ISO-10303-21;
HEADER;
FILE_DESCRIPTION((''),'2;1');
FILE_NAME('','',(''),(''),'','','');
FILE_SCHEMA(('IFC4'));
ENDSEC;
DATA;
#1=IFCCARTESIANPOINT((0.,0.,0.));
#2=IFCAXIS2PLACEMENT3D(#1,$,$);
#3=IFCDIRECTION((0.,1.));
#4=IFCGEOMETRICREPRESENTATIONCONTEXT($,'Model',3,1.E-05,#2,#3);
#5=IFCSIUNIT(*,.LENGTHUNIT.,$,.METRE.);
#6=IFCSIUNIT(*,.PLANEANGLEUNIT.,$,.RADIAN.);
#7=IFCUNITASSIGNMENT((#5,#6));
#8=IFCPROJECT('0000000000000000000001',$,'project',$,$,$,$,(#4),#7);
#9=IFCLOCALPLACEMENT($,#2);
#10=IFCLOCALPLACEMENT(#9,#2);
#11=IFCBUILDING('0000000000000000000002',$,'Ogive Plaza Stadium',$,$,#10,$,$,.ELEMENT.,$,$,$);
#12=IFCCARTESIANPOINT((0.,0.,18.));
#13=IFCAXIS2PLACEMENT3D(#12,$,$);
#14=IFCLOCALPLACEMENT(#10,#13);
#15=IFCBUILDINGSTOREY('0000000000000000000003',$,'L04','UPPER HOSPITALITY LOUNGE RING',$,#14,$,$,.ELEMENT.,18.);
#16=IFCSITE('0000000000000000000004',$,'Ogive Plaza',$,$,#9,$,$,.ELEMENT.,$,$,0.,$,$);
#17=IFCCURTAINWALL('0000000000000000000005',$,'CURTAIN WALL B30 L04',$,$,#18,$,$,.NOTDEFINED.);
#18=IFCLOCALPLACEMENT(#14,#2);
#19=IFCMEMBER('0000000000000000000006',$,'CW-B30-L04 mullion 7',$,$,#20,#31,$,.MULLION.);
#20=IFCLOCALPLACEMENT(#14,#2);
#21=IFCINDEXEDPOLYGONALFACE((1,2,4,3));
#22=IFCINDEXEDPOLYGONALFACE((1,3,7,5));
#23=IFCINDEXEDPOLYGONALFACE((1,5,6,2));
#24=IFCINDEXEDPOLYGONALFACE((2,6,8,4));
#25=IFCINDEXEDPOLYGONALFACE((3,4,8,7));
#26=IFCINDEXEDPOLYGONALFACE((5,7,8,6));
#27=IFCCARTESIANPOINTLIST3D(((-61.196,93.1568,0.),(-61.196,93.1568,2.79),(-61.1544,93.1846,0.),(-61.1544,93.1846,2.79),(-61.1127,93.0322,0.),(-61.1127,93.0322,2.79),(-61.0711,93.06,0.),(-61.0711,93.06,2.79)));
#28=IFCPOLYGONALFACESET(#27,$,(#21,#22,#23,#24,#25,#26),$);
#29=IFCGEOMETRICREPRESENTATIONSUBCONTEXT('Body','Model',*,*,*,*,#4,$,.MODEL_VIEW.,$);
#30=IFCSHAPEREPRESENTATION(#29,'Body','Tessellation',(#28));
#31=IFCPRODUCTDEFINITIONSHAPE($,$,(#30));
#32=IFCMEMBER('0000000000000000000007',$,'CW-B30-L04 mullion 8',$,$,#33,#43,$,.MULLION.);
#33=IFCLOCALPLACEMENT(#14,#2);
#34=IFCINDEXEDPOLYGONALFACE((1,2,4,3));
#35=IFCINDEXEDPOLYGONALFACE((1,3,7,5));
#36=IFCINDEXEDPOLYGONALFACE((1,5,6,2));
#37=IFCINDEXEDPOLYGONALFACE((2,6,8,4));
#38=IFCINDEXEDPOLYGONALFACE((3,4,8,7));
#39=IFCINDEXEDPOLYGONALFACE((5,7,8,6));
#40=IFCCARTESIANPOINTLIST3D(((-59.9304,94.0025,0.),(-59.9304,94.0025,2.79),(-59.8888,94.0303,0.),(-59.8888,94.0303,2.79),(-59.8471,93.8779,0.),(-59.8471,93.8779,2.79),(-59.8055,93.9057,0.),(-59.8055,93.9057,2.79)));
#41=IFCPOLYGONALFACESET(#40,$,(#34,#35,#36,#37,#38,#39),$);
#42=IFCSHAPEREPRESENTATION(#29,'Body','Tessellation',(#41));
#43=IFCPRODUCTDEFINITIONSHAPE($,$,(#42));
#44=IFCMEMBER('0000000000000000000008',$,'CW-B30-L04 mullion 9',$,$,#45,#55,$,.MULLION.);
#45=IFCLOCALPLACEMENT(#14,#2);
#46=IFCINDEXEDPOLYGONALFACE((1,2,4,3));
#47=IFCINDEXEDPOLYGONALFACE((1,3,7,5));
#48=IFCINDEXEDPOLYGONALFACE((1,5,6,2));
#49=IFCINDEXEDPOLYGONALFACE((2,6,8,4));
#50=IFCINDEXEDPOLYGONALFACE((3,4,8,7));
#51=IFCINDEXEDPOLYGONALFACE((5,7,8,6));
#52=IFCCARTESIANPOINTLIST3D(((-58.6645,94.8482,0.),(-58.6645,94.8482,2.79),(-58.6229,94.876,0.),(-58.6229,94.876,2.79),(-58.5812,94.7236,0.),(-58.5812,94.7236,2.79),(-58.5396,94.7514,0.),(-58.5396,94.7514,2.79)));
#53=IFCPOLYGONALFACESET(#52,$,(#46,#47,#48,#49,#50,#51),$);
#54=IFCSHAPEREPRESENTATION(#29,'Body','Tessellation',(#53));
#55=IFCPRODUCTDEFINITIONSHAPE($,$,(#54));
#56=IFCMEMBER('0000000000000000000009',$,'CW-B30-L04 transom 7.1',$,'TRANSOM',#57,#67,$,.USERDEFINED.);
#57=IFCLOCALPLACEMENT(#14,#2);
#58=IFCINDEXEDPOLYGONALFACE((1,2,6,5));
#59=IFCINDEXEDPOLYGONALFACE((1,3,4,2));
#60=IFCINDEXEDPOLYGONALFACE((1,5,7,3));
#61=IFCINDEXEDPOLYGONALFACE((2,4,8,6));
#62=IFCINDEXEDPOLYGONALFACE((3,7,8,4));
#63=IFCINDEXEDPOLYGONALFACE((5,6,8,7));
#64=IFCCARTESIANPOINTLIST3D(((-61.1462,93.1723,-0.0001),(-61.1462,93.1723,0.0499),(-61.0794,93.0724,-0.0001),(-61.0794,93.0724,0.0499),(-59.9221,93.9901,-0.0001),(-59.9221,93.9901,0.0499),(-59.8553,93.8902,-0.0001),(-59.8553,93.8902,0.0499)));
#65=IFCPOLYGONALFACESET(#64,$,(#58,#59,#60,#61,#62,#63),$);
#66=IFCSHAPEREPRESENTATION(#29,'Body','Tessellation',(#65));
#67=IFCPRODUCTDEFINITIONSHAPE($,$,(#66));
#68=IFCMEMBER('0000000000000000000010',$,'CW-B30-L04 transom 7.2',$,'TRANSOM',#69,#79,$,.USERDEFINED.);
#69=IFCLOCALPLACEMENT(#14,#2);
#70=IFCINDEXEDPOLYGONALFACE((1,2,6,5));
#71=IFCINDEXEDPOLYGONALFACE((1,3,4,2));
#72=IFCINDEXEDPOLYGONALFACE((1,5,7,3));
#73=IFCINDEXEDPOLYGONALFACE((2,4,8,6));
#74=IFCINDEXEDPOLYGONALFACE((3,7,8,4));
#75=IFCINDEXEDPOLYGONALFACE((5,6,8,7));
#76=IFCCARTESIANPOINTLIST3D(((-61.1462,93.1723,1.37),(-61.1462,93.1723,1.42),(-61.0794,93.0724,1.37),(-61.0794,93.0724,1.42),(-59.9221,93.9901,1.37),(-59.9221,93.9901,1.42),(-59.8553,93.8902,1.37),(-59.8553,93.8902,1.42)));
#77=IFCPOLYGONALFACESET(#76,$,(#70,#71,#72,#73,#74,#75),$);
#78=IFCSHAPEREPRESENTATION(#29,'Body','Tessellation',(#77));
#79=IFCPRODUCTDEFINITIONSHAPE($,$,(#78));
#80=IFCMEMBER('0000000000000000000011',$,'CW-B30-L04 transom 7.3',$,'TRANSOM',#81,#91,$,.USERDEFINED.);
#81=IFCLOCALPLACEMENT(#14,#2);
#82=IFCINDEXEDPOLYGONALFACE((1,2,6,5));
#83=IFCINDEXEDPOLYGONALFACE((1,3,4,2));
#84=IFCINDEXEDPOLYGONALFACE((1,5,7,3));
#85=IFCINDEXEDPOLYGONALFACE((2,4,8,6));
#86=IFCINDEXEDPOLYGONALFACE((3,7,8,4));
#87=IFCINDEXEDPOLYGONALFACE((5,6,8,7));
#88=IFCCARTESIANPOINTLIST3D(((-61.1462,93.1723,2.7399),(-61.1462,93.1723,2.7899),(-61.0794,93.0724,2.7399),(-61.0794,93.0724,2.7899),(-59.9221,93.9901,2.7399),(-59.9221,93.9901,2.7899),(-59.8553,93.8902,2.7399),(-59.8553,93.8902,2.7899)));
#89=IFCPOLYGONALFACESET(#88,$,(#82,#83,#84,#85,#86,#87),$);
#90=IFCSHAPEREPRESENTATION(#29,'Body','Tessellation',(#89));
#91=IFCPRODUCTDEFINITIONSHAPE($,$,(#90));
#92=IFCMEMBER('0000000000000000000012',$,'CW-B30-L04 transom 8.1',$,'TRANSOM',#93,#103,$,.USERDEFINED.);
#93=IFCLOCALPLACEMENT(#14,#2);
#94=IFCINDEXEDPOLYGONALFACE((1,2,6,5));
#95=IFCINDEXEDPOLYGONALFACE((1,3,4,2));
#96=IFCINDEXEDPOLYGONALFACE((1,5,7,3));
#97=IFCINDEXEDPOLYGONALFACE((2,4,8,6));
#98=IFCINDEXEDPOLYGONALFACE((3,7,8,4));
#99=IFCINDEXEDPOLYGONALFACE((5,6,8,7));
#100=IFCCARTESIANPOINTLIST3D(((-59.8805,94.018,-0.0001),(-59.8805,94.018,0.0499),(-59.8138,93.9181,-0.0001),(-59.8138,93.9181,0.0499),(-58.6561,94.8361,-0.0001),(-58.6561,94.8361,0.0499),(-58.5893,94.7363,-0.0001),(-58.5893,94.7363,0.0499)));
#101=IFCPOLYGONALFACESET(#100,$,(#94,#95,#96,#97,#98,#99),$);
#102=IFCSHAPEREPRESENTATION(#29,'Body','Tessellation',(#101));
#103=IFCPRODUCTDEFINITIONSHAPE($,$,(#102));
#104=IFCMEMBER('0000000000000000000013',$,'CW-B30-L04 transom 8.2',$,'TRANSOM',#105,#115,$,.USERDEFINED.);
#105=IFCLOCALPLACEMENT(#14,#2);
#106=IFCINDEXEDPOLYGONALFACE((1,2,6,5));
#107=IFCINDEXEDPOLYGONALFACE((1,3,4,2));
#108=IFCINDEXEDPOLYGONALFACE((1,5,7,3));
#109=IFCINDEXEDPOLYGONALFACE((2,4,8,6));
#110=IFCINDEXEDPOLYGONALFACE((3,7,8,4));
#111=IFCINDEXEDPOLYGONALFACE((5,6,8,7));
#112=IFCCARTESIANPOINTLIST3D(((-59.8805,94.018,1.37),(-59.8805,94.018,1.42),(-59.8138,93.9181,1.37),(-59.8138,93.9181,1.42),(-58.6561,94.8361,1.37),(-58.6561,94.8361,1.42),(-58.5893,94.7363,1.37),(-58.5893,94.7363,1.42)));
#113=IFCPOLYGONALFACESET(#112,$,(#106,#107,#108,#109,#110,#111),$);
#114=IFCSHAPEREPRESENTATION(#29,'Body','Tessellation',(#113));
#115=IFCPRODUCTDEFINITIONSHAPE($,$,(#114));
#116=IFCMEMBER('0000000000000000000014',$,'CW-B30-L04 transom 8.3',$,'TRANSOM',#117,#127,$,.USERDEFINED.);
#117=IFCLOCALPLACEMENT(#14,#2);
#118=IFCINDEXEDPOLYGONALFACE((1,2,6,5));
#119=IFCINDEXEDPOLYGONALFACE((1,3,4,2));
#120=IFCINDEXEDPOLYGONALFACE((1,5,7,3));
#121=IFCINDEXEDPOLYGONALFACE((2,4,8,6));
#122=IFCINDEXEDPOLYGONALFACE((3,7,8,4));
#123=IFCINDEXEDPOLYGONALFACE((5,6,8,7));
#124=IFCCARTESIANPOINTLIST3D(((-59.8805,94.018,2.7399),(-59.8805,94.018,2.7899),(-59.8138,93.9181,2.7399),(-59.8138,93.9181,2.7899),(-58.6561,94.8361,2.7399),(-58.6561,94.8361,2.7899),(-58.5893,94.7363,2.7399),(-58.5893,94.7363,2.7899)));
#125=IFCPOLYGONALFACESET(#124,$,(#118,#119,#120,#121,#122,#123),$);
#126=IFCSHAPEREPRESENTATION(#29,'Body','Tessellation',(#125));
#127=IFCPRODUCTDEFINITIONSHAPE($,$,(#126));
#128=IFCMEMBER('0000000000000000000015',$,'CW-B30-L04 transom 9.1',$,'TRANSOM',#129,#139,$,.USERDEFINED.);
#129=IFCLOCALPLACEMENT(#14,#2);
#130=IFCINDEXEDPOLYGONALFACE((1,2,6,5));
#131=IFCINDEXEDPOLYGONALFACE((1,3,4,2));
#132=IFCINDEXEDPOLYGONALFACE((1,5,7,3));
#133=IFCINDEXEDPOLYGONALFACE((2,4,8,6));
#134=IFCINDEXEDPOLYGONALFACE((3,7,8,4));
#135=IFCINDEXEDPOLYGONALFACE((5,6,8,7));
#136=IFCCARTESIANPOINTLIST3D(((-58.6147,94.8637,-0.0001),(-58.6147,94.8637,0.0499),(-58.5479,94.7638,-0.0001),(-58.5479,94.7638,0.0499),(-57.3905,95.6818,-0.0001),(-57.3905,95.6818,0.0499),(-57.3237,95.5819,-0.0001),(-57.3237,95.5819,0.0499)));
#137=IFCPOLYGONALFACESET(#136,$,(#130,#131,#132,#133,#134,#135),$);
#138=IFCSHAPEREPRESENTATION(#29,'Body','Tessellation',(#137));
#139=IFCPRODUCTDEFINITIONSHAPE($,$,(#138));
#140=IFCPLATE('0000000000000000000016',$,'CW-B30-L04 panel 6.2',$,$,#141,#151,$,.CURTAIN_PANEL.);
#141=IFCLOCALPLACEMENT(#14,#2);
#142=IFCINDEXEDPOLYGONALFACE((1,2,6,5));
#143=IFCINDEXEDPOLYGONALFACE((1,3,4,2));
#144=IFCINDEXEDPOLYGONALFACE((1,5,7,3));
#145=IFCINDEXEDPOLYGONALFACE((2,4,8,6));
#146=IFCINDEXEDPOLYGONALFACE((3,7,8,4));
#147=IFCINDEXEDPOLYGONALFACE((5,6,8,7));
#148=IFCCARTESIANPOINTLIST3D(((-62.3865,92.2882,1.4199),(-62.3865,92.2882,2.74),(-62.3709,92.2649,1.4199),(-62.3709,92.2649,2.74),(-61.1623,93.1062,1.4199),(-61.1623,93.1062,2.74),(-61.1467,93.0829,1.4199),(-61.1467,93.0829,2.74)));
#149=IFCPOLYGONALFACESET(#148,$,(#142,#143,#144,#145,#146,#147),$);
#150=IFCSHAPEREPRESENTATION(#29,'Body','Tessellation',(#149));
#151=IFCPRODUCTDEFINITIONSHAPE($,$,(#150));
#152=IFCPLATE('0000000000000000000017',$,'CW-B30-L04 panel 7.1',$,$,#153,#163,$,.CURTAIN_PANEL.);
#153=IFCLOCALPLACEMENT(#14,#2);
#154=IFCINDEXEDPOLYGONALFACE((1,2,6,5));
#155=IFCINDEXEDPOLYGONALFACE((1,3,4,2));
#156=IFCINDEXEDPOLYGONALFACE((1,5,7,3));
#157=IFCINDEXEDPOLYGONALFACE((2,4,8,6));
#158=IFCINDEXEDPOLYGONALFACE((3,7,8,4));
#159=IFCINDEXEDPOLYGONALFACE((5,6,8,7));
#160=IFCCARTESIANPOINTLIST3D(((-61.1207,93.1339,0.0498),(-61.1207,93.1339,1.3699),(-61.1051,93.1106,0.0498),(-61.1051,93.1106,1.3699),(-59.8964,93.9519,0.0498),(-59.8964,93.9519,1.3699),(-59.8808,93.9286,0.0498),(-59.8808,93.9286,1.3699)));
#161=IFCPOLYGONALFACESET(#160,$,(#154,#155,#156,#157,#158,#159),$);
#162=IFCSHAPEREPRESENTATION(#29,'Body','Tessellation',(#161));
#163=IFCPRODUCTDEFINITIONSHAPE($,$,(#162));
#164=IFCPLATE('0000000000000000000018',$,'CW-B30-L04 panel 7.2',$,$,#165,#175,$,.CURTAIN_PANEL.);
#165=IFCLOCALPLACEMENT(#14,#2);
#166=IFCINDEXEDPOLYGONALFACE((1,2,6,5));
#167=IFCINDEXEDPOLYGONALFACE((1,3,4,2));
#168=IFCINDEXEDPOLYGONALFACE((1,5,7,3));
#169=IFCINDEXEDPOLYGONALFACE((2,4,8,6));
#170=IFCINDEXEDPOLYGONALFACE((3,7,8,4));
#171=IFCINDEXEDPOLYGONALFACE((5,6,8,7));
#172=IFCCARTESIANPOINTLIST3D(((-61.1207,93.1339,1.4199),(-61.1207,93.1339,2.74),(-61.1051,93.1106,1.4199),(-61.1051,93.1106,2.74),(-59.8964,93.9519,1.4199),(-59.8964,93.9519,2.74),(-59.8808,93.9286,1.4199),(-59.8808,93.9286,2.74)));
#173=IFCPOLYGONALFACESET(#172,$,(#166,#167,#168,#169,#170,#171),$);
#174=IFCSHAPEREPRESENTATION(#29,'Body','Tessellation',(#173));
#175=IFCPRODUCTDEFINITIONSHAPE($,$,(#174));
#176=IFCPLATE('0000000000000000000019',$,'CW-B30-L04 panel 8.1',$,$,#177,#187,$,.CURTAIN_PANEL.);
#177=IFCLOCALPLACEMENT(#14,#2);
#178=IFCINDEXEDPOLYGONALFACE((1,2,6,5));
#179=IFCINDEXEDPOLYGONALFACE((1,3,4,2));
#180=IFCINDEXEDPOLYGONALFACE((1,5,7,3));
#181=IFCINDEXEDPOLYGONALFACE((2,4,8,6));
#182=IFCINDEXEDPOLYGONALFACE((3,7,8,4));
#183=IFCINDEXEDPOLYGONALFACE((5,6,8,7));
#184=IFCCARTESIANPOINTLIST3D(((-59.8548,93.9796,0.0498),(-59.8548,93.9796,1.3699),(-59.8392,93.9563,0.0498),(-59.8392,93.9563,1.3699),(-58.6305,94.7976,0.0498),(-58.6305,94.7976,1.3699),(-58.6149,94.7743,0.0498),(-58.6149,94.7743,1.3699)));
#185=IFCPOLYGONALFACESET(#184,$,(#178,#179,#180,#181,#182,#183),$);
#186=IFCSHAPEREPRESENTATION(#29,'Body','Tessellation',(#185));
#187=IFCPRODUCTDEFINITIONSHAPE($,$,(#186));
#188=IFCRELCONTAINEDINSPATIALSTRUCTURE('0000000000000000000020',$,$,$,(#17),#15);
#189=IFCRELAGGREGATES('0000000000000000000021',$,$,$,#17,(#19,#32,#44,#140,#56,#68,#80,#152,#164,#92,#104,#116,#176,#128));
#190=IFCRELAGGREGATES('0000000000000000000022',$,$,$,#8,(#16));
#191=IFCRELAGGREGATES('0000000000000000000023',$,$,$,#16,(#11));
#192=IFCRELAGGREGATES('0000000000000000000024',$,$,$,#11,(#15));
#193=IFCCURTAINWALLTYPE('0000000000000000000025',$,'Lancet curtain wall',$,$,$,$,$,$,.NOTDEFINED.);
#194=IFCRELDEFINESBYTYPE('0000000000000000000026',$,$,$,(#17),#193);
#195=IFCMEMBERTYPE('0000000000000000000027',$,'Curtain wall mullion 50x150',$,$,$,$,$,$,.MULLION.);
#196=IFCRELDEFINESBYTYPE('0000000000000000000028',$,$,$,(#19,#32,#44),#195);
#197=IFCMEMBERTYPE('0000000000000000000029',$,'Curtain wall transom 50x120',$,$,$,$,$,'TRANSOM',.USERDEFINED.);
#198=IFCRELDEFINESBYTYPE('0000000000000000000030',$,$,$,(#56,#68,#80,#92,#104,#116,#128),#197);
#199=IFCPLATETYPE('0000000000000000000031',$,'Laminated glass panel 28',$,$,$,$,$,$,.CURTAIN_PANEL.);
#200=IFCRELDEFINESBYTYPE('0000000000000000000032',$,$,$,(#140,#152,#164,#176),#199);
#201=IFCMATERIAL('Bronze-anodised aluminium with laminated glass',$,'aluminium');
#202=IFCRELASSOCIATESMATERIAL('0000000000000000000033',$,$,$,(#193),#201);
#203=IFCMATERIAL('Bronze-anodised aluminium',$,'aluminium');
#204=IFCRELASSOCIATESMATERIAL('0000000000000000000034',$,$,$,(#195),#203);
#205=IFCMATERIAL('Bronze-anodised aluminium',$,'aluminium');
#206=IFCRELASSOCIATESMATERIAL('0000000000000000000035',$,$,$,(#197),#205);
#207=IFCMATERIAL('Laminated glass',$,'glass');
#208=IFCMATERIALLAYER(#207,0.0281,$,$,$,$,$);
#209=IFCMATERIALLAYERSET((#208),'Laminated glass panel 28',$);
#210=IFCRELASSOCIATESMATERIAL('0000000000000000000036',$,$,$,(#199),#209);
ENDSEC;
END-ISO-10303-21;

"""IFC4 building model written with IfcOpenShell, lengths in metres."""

from ifc_helpers import new_model, si_unit, direction, frame, origin, origin_2d, place, context, subcontext, project, spatial, rectangle, extrude, material, layer, layer_set, material_profile, profile_set, type_object, element, aggregate, save


model = new_model("IFC4")

# Units and contexts
model_context = context("Model", 3, precision=1e-05, world=origin(), true_north=direction((0.0, 1.0)))
body_context = subcontext(model_context, "Body", "Model", "MODEL_VIEW")
ifc_project = project(units=[si_unit("LENGTHUNIT", "METRE"), si_unit("PLANEANGLEUNIT", "RADIAN")], contexts=[model_context])

# Site, building, storey
site_placement = place(None, origin())
site = spatial("IfcSite", under=ifc_project, at=site_placement, Name="Ogive Plaza", CompositionType="ELEMENT", RefElevation=0.0)
building_placement = place(site_placement, origin())
building = spatial("IfcBuilding", under=site, at=building_placement, Name="Ogive Plaza Stadium", CompositionType="ELEMENT")
storey_placement = place(building_placement, frame((0.0, 0.0, 18.0)))
storey = spatial("IfcBuildingStorey", under=building, at=storey_placement, Name="L04", Description="UPPER HOSPITALITY LOUNGE RING", CompositionType="ELEMENT", Elevation=18.0)

# Curtain wall, members, plates
ifc_material_1 = material(Name="Bronze-anodised aluminium with laminated glass", Category="aluminium")
curtain_wall_type = type_object("IfcCurtainWallType", Name="Lancet curtain wall", PredefinedType="NOTDEFINED", material=ifc_material_1)
curtain_wall_placement = place(storey_placement, origin())
curtain_wall = element("IfcCurtainWall", 1, at=curtain_wall_placement, inside=storey, type_object=curtain_wall_type, Name="CURTAIN WALL B30 L04", PredefinedType="NOTDEFINED")
ifc_material_2 = material(Name="Bronze-anodised aluminium", Category="aluminium")
ifc_material_profile_1 = material_profile(ifc_material_2, rectangle(XDim=0.1499, YDim=0.05, at=origin_2d()), Name="AL 150x50")
ifc_profile_set_1 = profile_set([ifc_material_profile_1], Name="Bronze-anodised aluminium")
member_type_1 = type_object("IfcMemberType", Name="Curtain wall mullion 50x150", PredefinedType="MULLION", material=ifc_profile_set_1)
member_1_placement = place(storey_placement, frame((-61.1335, 93.1084, 0.0), z_axis=(0.0, 0.0, 1.0), x_axis=(-0.55557, 0.83147, 0.0)))
member_1 = element("IfcMember", 2, at=member_1_placement, type_object=member_type_1, Name="CW-B30-L04 mullion 7", PredefinedType="MULLION", context=body_context, shape_type="SweptSolid", body=[
    extrude(rectangle(XDim=0.1499, YDim=0.05, at=origin_2d()), origin(), (0.0, 0.0, 1.0), 2.79),
])
member_2_placement = place(storey_placement, frame((-59.8679, 93.9541, 0.0), z_axis=(0.0, 0.0, 1.0), x_axis=(-0.55557, 0.83147, 0.0)))
member_2 = element("IfcMember", 3, at=member_2_placement, type_object=member_type_1, Name="CW-B30-L04 mullion 8", PredefinedType="MULLION", context=body_context, shape_type="SweptSolid", body=[
    extrude(rectangle(XDim=0.1499, YDim=0.05, at=origin_2d()), origin(), (0.0, 0.0, 1.0), 2.79),
])
member_3_placement = place(storey_placement, frame((-58.6021, 94.7998, 0.0), z_axis=(0.0, 0.0, 1.0), x_axis=(-0.55557, 0.83147, 0.0)))
member_3 = element("IfcMember", 4, at=member_3_placement, type_object=member_type_1, Name="CW-B30-L04 mullion 9", PredefinedType="MULLION", context=body_context, shape_type="SweptSolid", body=[
    extrude(rectangle(XDim=0.1499, YDim=0.05, at=origin_2d()), origin(), (0.0, 0.0, 1.0), 2.79),
])
ifc_material_3 = material(Name="Bronze-anodised aluminium", Category="aluminium")
ifc_material_profile_2 = material_profile(ifc_material_3, rectangle(XDim=0.1201, YDim=0.05, at=origin_2d()), Name="AL 120x50")
ifc_profile_set_2 = profile_set([ifc_material_profile_2], Name="Bronze-anodised aluminium")
member_type_2 = type_object("IfcMemberType", Name="Curtain wall transom 50x120", ElementType="TRANSOM", PredefinedType="USERDEFINED", material=ifc_profile_set_2)
member_4_placement = place(storey_placement, frame((-61.1128, 93.1223, 0.0249), z_axis=(0.831489, 0.555542, 0.0), x_axis=(-0.555542, 0.831489, 0.0)))
member_4 = element("IfcMember", 5, at=member_4_placement, type_object=member_type_2, Name="CW-B30-L04 transom 7.1", ObjectType="TRANSOM", PredefinedType="USERDEFINED", context=body_context, shape_type="SweptSolid", body=[
    extrude(rectangle(XDim=0.1201, YDim=0.05, at=origin_2d()), origin(), (0.0, 0.0, 1.0), 1.4722),
])
member_5_placement = place(storey_placement, frame((-61.1128, 93.1223, 1.395), z_axis=(0.831489, 0.555542, 0.0), x_axis=(-0.555542, 0.831489, 0.0)))
member_5 = element("IfcMember", 6, at=member_5_placement, type_object=member_type_2, Name="CW-B30-L04 transom 7.2", ObjectType="TRANSOM", PredefinedType="USERDEFINED", context=body_context, shape_type="SweptSolid", body=[
    extrude(rectangle(XDim=0.1201, YDim=0.05, at=origin_2d()), origin(), (0.0, 0.0, 1.0), 1.4722),
])
member_6_placement = place(storey_placement, frame((-61.1128, 93.1223, 2.7649), z_axis=(0.831489, 0.555542, 0.0), x_axis=(-0.555542, 0.831489, 0.0)))
member_6 = element("IfcMember", 7, at=member_6_placement, type_object=member_type_2, Name="CW-B30-L04 transom 7.3", ObjectType="TRANSOM", PredefinedType="USERDEFINED", context=body_context, shape_type="SweptSolid", body=[
    extrude(rectangle(XDim=0.1201, YDim=0.05, at=origin_2d()), origin(), (0.0, 0.0, 1.0), 1.4722),
])
member_7_placement = place(storey_placement, frame((-59.8472, 93.968, 0.0249), z_axis=(0.831463, 0.55558, 0.0), x_axis=(-0.55558, 0.831463, 0.0)))
member_7 = element("IfcMember", 8, at=member_7_placement, type_object=member_type_2, Name="CW-B30-L04 transom 8.1", ObjectType="TRANSOM", PredefinedType="USERDEFINED", context=body_context, shape_type="SweptSolid", body=[
    extrude(rectangle(XDim=0.1201, YDim=0.05, at=origin_2d()), origin(), (0.0, 0.0, 1.0), 1.4727),
])
member_8_placement = place(storey_placement, frame((-59.8472, 93.968, 1.395), z_axis=(0.831463, 0.55558, 0.0), x_axis=(-0.55558, 0.831463, 0.0)))
member_8 = element("IfcMember", 9, at=member_8_placement, type_object=member_type_2, Name="CW-B30-L04 transom 8.2", ObjectType="TRANSOM", PredefinedType="USERDEFINED", context=body_context, shape_type="SweptSolid", body=[
    extrude(rectangle(XDim=0.1201, YDim=0.05, at=origin_2d()), origin(), (0.0, 0.0, 1.0), 1.4727),
])
member_9_placement = place(storey_placement, frame((-59.8472, 93.968, 2.7649), z_axis=(0.831463, 0.55558, 0.0), x_axis=(-0.55558, 0.831463, 0.0)))
member_9 = element("IfcMember", 10, at=member_9_placement, type_object=member_type_2, Name="CW-B30-L04 transom 8.3", ObjectType="TRANSOM", PredefinedType="USERDEFINED", context=body_context, shape_type="SweptSolid", body=[
    extrude(rectangle(XDim=0.1201, YDim=0.05, at=origin_2d()), origin(), (0.0, 0.0, 1.0), 1.4727),
])
member_10_placement = place(storey_placement, frame((-58.5813, 94.8137, 0.0249), z_axis=(0.831412, 0.555656, 0.0), x_axis=(-0.555656, 0.831412, 0.0)))
member_10 = element("IfcMember", 11, at=member_10_placement, type_object=member_type_2, Name="CW-B30-L04 transom 9.1", ObjectType="TRANSOM", PredefinedType="USERDEFINED", context=body_context, shape_type="SweptSolid", body=[
    extrude(rectangle(XDim=0.1201, YDim=0.05, at=origin_2d()), origin(), (0.0, 0.0, 1.0), 1.4724),
])
ifc_material_4 = material(Name="Laminated glass", Category="glass")
ifc_layer_1 = layer(ifc_material_4, 0.0281)
ifc_layer_set_1 = layer_set([ifc_layer_1], Name="Laminated glass panel 28")
plate_type = type_object("IfcPlateType", Name="Laminated glass panel 28", PredefinedType="CURTAIN_PANEL", material=ifc_layer_set_1)
plate_1_placement = place(storey_placement, frame((-61.7666, 92.6855, 1.4199), z_axis=(0.0, 0.0, 1.0), x_axis=(0.83147, 0.55557, 0.0)))
plate_1 = element("IfcPlate", 12, at=plate_1_placement, type_object=plate_type, Name="CW-B30-L04 panel 6.2", PredefinedType="CURTAIN_PANEL", context=body_context, shape_type="SweptSolid", body=[
    extrude(rectangle(XDim=1.4724, YDim=0.0281, at=origin_2d()), origin(), (0.0, 0.0, 1.0), 1.3201),
])
plate_2_placement = place(storey_placement, frame((-60.5007, 93.5312, 0.0498), z_axis=(0.0, 0.0, 1.0), x_axis=(0.83147, 0.55557, 0.0)))
plate_2 = element("IfcPlate", 13, at=plate_2_placement, type_object=plate_type, Name="CW-B30-L04 panel 7.1", PredefinedType="CURTAIN_PANEL", context=body_context, shape_type="SweptSolid", body=[
    extrude(rectangle(XDim=1.4724, YDim=0.0281, at=origin_2d()), origin(), (0.0, 0.0, 1.0), 1.3201),
])
plate_3_placement = place(storey_placement, frame((-60.5007, 93.5312, 1.4199), z_axis=(0.0, 0.0, 1.0), x_axis=(0.83147, 0.55557, 0.0)))
plate_3 = element("IfcPlate", 14, at=plate_3_placement, type_object=plate_type, Name="CW-B30-L04 panel 7.2", PredefinedType="CURTAIN_PANEL", context=body_context, shape_type="SweptSolid", body=[
    extrude(rectangle(XDim=1.4724, YDim=0.0281, at=origin_2d()), origin(), (0.0, 0.0, 1.0), 1.3201),
])
plate_4_placement = place(storey_placement, frame((-59.2349, 94.377, 0.0498), z_axis=(0.0, 0.0, 1.0), x_axis=(0.83147, 0.55557, 0.0)))
plate_4 = element("IfcPlate", 15, at=plate_4_placement, type_object=plate_type, Name="CW-B30-L04 panel 8.1", PredefinedType="CURTAIN_PANEL", context=body_context, shape_type="SweptSolid", body=[
    extrude(rectangle(XDim=1.4724, YDim=0.0281, at=origin_2d()), origin(), (0.0, 0.0, 1.0), 1.3201),
])
aggregate(curtain_wall, [member_1, member_2, member_3, plate_1, member_4, member_5, member_6, plate_2, plate_3, member_7, member_8, member_9, plate_4, member_10])

save(model, "model.ifc")
